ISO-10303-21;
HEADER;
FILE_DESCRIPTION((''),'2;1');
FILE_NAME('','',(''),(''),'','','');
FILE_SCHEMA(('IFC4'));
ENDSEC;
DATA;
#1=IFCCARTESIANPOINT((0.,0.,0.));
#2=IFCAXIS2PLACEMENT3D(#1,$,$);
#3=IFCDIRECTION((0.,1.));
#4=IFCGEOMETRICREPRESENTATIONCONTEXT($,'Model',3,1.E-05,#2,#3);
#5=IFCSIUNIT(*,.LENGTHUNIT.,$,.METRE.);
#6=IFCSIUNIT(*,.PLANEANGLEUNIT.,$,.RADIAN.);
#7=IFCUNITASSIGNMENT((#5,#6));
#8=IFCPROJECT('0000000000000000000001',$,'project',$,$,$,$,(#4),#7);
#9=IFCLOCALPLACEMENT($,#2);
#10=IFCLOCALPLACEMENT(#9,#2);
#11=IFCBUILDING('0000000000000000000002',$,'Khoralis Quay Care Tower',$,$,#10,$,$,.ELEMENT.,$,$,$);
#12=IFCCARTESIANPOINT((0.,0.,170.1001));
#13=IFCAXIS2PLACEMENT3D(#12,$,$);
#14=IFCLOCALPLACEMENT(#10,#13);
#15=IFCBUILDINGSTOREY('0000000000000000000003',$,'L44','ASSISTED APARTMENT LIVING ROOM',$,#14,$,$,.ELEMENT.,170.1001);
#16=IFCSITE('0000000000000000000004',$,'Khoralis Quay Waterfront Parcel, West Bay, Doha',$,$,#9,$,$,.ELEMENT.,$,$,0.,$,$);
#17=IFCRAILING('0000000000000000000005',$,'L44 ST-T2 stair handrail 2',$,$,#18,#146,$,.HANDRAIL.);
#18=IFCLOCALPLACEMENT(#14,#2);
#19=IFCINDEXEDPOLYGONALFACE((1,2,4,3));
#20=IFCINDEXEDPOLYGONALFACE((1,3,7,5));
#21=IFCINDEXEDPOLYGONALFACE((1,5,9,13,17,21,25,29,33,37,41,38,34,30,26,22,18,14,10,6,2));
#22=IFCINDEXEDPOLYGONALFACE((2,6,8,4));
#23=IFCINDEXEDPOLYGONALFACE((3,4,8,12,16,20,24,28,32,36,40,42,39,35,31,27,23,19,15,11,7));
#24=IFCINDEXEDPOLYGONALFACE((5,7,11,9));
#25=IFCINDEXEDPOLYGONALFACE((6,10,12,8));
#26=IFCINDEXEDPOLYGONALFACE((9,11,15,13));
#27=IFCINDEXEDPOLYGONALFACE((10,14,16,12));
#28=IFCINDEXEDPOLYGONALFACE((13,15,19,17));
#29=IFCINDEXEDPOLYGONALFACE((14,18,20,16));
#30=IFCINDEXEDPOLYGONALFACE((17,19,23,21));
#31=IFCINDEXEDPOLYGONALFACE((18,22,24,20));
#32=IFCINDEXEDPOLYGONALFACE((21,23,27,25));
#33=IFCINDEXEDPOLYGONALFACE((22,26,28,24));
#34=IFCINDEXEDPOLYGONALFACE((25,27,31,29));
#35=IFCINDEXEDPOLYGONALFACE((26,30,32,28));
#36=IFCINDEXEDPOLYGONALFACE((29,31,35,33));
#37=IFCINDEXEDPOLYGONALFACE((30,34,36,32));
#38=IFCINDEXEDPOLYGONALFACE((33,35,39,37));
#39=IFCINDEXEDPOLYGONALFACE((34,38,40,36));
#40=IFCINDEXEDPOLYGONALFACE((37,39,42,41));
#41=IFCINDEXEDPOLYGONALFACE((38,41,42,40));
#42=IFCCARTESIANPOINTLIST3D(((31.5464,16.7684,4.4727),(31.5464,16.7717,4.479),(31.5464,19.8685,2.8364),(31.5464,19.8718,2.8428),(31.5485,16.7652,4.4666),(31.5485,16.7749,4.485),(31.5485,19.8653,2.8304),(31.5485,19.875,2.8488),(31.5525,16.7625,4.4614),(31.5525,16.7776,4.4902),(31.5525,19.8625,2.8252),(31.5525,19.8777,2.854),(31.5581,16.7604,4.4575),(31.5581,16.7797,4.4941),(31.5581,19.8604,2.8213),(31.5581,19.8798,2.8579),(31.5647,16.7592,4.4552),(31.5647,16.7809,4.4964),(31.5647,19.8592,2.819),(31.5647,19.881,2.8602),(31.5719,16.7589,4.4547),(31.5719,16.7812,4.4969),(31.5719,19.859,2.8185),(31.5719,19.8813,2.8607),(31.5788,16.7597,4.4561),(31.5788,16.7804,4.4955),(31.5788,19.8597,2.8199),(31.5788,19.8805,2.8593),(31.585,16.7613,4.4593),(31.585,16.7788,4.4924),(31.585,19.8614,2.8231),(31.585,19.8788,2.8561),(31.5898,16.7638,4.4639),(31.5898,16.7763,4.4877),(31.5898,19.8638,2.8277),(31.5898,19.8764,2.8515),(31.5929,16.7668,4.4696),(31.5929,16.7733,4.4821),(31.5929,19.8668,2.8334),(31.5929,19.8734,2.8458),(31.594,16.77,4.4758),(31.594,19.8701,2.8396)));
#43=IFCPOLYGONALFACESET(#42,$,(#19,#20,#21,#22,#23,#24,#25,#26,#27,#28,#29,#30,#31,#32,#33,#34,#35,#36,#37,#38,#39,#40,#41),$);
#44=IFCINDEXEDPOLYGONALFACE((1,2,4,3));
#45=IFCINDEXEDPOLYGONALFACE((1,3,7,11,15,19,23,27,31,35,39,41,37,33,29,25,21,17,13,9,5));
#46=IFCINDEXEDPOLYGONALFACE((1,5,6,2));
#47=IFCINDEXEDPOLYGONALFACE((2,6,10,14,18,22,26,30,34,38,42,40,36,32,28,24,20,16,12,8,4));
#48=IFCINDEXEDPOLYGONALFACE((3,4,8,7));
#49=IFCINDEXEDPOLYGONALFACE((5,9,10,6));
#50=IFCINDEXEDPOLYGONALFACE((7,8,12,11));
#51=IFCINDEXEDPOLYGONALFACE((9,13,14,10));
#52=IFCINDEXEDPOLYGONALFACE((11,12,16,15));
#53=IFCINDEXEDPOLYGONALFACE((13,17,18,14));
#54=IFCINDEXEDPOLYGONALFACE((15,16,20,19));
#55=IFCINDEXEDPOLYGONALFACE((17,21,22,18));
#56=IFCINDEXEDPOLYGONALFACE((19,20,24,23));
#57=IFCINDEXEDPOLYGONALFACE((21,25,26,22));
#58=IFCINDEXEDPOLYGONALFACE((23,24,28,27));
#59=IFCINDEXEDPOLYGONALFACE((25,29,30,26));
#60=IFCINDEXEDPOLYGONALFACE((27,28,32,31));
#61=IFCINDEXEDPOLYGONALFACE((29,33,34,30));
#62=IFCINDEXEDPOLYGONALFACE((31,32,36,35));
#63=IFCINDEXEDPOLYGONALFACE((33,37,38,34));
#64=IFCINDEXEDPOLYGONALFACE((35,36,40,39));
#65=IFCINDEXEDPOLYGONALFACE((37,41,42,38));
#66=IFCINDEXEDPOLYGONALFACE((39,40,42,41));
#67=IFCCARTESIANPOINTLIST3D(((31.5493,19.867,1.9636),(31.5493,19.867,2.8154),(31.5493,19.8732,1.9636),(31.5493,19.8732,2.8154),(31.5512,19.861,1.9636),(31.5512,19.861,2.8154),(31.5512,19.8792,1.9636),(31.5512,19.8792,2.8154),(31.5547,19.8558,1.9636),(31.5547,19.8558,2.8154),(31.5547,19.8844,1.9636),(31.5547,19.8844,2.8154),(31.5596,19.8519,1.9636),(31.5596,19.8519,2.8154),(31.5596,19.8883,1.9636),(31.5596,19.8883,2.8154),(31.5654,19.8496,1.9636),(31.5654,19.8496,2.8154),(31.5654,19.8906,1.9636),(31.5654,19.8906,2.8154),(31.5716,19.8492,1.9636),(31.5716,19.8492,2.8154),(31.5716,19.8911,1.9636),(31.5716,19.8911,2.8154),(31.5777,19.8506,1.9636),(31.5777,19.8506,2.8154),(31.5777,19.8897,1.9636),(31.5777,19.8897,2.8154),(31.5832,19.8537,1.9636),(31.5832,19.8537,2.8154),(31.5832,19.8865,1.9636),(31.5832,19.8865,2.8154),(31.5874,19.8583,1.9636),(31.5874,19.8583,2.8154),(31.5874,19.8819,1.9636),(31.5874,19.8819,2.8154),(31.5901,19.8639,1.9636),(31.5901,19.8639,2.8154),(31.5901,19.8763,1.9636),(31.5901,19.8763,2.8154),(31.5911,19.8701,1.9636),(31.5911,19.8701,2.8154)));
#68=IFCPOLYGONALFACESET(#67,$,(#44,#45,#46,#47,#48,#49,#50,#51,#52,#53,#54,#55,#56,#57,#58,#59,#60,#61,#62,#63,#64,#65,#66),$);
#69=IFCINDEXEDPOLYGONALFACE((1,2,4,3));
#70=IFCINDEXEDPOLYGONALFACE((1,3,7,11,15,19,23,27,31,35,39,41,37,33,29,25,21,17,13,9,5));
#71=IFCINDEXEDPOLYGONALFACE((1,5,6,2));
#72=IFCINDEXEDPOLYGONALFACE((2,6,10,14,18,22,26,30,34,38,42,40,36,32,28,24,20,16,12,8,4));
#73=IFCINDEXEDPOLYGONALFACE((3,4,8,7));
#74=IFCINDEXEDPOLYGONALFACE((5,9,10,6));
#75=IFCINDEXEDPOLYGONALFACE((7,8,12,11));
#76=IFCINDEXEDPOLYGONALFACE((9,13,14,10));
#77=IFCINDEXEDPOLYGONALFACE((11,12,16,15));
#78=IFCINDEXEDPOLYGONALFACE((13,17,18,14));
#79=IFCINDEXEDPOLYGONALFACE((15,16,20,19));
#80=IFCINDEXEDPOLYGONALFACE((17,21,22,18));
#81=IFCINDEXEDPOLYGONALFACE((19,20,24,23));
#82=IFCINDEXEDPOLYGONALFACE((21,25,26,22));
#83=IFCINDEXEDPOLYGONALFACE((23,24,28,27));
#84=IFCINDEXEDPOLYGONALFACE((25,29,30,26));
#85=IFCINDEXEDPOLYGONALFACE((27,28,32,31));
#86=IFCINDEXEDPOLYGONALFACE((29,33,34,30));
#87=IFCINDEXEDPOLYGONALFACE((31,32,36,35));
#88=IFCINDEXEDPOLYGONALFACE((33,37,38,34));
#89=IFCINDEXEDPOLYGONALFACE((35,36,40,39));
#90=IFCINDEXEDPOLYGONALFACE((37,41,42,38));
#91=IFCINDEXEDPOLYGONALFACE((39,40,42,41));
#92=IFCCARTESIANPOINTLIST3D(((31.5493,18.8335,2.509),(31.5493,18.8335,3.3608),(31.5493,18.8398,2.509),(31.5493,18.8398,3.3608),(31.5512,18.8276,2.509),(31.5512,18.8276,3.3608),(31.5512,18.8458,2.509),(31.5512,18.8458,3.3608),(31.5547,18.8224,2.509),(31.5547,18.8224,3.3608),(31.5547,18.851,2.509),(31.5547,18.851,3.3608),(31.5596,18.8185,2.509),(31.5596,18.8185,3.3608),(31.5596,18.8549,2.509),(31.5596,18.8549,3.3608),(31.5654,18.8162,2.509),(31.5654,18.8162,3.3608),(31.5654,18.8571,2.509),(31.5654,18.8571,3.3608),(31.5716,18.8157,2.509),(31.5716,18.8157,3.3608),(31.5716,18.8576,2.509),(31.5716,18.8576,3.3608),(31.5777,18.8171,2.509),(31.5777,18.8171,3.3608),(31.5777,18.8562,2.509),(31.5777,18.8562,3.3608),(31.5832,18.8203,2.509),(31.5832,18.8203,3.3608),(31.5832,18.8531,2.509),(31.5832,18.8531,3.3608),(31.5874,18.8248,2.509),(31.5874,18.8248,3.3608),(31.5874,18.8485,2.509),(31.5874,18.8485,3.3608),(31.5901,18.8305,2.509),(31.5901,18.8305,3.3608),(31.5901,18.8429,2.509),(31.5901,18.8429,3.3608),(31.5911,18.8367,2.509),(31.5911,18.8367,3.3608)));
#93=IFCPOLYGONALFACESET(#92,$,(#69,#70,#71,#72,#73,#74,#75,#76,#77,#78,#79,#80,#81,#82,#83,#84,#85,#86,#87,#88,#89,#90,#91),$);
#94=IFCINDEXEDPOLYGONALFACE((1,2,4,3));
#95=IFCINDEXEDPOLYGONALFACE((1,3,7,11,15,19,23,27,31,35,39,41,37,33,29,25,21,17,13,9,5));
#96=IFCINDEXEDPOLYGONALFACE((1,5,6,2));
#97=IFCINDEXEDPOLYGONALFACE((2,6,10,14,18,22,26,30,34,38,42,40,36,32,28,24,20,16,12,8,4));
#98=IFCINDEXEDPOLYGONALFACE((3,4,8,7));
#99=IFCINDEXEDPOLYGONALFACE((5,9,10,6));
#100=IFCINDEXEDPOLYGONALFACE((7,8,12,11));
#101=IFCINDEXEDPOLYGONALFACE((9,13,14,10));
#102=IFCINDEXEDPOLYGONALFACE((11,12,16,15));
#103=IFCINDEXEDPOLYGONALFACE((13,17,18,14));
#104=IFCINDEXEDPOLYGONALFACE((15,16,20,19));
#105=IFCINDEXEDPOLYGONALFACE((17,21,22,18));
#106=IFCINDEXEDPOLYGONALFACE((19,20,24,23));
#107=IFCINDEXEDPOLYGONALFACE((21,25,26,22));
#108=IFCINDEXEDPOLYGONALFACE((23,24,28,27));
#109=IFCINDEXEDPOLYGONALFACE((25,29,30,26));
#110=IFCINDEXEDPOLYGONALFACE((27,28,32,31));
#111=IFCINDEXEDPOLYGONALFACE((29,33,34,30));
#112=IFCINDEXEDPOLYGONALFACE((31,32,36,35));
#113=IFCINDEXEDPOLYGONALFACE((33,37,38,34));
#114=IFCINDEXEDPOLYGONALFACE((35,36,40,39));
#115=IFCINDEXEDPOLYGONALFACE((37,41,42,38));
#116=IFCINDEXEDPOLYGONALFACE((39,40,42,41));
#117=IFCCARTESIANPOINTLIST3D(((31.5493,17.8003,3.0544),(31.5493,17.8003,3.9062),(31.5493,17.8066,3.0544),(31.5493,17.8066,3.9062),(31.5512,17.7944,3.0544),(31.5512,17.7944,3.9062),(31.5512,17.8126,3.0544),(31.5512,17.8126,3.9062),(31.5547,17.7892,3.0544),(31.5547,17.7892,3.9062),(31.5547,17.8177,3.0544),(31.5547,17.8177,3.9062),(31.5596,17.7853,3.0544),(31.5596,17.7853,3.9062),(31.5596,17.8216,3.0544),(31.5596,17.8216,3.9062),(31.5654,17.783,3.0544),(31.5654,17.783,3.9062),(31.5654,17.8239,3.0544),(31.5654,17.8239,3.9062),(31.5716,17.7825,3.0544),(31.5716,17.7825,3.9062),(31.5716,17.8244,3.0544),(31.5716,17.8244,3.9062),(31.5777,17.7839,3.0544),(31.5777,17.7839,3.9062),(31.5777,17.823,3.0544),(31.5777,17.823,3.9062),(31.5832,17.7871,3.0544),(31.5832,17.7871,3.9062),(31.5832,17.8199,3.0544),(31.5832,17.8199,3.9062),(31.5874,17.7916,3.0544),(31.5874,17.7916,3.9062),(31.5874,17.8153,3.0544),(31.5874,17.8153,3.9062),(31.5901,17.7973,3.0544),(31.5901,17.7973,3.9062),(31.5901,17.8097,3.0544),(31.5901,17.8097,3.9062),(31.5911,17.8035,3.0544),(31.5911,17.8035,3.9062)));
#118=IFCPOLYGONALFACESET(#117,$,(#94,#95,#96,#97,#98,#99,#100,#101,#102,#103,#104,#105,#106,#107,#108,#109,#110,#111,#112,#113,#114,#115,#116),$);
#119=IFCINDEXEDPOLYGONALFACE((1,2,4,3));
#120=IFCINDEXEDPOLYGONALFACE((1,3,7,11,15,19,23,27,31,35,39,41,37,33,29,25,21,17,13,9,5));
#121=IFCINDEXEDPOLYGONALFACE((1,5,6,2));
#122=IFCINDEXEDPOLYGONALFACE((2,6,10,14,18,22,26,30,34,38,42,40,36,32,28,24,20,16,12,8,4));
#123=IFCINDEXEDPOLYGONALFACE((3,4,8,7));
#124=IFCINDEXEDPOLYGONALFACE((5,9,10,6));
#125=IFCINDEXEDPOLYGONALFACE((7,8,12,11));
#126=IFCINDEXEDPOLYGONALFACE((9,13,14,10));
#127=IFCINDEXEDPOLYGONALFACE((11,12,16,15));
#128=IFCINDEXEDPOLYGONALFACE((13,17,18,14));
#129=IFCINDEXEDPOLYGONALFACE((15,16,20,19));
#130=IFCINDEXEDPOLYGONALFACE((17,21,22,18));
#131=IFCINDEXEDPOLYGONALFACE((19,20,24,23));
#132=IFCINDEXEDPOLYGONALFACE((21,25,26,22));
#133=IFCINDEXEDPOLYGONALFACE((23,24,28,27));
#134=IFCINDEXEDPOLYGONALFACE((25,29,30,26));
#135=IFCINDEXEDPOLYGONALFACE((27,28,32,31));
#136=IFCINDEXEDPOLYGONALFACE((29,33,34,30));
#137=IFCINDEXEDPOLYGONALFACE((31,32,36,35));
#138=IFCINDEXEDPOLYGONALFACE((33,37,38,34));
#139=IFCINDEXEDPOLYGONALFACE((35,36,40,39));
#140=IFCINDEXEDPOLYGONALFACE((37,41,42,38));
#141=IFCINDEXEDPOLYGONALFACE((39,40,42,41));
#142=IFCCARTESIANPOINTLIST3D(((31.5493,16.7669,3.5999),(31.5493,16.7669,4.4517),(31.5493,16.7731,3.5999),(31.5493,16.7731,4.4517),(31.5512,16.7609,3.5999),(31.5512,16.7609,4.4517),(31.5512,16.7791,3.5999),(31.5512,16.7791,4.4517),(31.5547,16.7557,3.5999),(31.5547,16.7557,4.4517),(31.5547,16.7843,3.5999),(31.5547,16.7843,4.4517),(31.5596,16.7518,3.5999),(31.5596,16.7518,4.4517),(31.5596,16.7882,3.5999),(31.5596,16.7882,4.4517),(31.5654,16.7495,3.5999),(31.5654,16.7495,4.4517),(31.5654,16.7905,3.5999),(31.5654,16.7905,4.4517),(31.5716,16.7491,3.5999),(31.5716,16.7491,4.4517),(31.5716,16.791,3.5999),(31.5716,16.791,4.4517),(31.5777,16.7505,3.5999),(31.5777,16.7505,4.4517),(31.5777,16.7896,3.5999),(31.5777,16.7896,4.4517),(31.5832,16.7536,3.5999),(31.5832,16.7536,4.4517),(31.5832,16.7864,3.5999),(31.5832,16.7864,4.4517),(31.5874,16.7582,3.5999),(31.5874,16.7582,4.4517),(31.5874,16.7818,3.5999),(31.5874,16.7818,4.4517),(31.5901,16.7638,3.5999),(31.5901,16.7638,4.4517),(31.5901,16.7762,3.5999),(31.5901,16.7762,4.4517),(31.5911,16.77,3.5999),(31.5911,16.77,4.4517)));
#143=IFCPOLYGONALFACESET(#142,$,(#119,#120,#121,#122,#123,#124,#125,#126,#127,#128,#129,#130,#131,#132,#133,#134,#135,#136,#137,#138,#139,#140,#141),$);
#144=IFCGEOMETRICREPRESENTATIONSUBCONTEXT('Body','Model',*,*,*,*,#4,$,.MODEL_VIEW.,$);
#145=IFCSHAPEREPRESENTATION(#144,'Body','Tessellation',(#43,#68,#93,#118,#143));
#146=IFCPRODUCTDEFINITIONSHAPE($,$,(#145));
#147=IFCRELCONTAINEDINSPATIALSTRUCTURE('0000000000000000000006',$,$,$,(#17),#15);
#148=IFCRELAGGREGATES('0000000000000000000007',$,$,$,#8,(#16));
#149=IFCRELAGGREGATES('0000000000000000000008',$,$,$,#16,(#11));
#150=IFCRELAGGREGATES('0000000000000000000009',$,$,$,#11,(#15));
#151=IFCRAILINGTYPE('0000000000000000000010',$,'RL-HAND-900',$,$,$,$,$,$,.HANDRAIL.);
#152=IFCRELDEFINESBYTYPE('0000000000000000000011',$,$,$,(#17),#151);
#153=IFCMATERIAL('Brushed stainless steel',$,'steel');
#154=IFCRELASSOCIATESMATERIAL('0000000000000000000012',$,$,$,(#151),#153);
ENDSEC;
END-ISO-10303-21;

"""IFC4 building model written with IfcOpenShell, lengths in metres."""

from ifc_helpers import new_model, si_unit, direction, frame, origin, origin_2d, place, context, subcontext, project, spatial, circle, extrude, material, type_object, element, save


model = new_model("IFC4")

# Units and contexts
model_context = context("Model", 3, precision=1e-05, world=origin(), true_north=direction((0.0, 1.0)))
body_context = subcontext(model_context, "Body", "Model", "MODEL_VIEW")
ifc_project = project(units=[si_unit("LENGTHUNIT", "METRE"), si_unit("PLANEANGLEUNIT", "RADIAN")], contexts=[model_context])

# Site, building, storey
site_placement = place(None, origin())
site = spatial("IfcSite", under=ifc_project, at=site_placement, Name="Khoralis Quay Waterfront Parcel, West Bay, Doha", CompositionType="ELEMENT", RefElevation=0.0)
building_placement = place(site_placement, origin())
building = spatial("IfcBuilding", under=site, at=building_placement, Name="Khoralis Quay Care Tower", CompositionType="ELEMENT")
storey_placement = place(building_placement, frame((0.0, 0.0, 170.1001)))
storey = spatial("IfcBuildingStorey", under=building, at=storey_placement, Name="L44", Description="ASSISTED APARTMENT LIVING ROOM", CompositionType="ELEMENT", Elevation=170.1001)

# Shared definitions
ifc_material_1 = material(Name="Brushed stainless steel", Category="steel")

# Railing
railing_type_1 = type_object("IfcRailingType", Name="RL-HAND-900", PredefinedType="HANDRAIL", material=ifc_material_1)
railing_1_placement = place(storey_placement, frame((31.5701, 19.8701, 1.9636)))
element("IfcRailing", 1, at=railing_1_placement, inside=storey, type_object=railing_type_1, Name="L44 ST-T2 stair handrail 2", PredefinedType="HANDRAIL", context=body_context, shape_type="SweptSolid", body=[
    extrude(circle(Radius=0.0239, at=origin_2d()), frame((0.0, 0.0, 0.876), z_axis=(0.0, -0.884377, 0.466774), x_axis=(1.0, 0.0, 0.0)), (0.0, 0.0, 1.0), 3.5054),
    extrude(circle(Radius=0.021, at=origin_2d()), origin(), (0.0, 0.0, 1.0), 0.8518),
    extrude(circle(Radius=0.021, at=origin_2d()), frame((0.0, -1.0334, 0.5454)), (0.0, 0.0, 1.0), 0.8518),
    extrude(circle(Radius=0.021, at=origin_2d()), frame((0.0, -2.0667, 1.0908)), (0.0, 0.0, 1.0), 0.8518),
    extrude(circle(Radius=0.021, at=origin_2d()), frame((0.0, -3.1001, 1.6362)), (0.0, 0.0, 1.0), 0.8518),
])

save(model, "model.ifc")
